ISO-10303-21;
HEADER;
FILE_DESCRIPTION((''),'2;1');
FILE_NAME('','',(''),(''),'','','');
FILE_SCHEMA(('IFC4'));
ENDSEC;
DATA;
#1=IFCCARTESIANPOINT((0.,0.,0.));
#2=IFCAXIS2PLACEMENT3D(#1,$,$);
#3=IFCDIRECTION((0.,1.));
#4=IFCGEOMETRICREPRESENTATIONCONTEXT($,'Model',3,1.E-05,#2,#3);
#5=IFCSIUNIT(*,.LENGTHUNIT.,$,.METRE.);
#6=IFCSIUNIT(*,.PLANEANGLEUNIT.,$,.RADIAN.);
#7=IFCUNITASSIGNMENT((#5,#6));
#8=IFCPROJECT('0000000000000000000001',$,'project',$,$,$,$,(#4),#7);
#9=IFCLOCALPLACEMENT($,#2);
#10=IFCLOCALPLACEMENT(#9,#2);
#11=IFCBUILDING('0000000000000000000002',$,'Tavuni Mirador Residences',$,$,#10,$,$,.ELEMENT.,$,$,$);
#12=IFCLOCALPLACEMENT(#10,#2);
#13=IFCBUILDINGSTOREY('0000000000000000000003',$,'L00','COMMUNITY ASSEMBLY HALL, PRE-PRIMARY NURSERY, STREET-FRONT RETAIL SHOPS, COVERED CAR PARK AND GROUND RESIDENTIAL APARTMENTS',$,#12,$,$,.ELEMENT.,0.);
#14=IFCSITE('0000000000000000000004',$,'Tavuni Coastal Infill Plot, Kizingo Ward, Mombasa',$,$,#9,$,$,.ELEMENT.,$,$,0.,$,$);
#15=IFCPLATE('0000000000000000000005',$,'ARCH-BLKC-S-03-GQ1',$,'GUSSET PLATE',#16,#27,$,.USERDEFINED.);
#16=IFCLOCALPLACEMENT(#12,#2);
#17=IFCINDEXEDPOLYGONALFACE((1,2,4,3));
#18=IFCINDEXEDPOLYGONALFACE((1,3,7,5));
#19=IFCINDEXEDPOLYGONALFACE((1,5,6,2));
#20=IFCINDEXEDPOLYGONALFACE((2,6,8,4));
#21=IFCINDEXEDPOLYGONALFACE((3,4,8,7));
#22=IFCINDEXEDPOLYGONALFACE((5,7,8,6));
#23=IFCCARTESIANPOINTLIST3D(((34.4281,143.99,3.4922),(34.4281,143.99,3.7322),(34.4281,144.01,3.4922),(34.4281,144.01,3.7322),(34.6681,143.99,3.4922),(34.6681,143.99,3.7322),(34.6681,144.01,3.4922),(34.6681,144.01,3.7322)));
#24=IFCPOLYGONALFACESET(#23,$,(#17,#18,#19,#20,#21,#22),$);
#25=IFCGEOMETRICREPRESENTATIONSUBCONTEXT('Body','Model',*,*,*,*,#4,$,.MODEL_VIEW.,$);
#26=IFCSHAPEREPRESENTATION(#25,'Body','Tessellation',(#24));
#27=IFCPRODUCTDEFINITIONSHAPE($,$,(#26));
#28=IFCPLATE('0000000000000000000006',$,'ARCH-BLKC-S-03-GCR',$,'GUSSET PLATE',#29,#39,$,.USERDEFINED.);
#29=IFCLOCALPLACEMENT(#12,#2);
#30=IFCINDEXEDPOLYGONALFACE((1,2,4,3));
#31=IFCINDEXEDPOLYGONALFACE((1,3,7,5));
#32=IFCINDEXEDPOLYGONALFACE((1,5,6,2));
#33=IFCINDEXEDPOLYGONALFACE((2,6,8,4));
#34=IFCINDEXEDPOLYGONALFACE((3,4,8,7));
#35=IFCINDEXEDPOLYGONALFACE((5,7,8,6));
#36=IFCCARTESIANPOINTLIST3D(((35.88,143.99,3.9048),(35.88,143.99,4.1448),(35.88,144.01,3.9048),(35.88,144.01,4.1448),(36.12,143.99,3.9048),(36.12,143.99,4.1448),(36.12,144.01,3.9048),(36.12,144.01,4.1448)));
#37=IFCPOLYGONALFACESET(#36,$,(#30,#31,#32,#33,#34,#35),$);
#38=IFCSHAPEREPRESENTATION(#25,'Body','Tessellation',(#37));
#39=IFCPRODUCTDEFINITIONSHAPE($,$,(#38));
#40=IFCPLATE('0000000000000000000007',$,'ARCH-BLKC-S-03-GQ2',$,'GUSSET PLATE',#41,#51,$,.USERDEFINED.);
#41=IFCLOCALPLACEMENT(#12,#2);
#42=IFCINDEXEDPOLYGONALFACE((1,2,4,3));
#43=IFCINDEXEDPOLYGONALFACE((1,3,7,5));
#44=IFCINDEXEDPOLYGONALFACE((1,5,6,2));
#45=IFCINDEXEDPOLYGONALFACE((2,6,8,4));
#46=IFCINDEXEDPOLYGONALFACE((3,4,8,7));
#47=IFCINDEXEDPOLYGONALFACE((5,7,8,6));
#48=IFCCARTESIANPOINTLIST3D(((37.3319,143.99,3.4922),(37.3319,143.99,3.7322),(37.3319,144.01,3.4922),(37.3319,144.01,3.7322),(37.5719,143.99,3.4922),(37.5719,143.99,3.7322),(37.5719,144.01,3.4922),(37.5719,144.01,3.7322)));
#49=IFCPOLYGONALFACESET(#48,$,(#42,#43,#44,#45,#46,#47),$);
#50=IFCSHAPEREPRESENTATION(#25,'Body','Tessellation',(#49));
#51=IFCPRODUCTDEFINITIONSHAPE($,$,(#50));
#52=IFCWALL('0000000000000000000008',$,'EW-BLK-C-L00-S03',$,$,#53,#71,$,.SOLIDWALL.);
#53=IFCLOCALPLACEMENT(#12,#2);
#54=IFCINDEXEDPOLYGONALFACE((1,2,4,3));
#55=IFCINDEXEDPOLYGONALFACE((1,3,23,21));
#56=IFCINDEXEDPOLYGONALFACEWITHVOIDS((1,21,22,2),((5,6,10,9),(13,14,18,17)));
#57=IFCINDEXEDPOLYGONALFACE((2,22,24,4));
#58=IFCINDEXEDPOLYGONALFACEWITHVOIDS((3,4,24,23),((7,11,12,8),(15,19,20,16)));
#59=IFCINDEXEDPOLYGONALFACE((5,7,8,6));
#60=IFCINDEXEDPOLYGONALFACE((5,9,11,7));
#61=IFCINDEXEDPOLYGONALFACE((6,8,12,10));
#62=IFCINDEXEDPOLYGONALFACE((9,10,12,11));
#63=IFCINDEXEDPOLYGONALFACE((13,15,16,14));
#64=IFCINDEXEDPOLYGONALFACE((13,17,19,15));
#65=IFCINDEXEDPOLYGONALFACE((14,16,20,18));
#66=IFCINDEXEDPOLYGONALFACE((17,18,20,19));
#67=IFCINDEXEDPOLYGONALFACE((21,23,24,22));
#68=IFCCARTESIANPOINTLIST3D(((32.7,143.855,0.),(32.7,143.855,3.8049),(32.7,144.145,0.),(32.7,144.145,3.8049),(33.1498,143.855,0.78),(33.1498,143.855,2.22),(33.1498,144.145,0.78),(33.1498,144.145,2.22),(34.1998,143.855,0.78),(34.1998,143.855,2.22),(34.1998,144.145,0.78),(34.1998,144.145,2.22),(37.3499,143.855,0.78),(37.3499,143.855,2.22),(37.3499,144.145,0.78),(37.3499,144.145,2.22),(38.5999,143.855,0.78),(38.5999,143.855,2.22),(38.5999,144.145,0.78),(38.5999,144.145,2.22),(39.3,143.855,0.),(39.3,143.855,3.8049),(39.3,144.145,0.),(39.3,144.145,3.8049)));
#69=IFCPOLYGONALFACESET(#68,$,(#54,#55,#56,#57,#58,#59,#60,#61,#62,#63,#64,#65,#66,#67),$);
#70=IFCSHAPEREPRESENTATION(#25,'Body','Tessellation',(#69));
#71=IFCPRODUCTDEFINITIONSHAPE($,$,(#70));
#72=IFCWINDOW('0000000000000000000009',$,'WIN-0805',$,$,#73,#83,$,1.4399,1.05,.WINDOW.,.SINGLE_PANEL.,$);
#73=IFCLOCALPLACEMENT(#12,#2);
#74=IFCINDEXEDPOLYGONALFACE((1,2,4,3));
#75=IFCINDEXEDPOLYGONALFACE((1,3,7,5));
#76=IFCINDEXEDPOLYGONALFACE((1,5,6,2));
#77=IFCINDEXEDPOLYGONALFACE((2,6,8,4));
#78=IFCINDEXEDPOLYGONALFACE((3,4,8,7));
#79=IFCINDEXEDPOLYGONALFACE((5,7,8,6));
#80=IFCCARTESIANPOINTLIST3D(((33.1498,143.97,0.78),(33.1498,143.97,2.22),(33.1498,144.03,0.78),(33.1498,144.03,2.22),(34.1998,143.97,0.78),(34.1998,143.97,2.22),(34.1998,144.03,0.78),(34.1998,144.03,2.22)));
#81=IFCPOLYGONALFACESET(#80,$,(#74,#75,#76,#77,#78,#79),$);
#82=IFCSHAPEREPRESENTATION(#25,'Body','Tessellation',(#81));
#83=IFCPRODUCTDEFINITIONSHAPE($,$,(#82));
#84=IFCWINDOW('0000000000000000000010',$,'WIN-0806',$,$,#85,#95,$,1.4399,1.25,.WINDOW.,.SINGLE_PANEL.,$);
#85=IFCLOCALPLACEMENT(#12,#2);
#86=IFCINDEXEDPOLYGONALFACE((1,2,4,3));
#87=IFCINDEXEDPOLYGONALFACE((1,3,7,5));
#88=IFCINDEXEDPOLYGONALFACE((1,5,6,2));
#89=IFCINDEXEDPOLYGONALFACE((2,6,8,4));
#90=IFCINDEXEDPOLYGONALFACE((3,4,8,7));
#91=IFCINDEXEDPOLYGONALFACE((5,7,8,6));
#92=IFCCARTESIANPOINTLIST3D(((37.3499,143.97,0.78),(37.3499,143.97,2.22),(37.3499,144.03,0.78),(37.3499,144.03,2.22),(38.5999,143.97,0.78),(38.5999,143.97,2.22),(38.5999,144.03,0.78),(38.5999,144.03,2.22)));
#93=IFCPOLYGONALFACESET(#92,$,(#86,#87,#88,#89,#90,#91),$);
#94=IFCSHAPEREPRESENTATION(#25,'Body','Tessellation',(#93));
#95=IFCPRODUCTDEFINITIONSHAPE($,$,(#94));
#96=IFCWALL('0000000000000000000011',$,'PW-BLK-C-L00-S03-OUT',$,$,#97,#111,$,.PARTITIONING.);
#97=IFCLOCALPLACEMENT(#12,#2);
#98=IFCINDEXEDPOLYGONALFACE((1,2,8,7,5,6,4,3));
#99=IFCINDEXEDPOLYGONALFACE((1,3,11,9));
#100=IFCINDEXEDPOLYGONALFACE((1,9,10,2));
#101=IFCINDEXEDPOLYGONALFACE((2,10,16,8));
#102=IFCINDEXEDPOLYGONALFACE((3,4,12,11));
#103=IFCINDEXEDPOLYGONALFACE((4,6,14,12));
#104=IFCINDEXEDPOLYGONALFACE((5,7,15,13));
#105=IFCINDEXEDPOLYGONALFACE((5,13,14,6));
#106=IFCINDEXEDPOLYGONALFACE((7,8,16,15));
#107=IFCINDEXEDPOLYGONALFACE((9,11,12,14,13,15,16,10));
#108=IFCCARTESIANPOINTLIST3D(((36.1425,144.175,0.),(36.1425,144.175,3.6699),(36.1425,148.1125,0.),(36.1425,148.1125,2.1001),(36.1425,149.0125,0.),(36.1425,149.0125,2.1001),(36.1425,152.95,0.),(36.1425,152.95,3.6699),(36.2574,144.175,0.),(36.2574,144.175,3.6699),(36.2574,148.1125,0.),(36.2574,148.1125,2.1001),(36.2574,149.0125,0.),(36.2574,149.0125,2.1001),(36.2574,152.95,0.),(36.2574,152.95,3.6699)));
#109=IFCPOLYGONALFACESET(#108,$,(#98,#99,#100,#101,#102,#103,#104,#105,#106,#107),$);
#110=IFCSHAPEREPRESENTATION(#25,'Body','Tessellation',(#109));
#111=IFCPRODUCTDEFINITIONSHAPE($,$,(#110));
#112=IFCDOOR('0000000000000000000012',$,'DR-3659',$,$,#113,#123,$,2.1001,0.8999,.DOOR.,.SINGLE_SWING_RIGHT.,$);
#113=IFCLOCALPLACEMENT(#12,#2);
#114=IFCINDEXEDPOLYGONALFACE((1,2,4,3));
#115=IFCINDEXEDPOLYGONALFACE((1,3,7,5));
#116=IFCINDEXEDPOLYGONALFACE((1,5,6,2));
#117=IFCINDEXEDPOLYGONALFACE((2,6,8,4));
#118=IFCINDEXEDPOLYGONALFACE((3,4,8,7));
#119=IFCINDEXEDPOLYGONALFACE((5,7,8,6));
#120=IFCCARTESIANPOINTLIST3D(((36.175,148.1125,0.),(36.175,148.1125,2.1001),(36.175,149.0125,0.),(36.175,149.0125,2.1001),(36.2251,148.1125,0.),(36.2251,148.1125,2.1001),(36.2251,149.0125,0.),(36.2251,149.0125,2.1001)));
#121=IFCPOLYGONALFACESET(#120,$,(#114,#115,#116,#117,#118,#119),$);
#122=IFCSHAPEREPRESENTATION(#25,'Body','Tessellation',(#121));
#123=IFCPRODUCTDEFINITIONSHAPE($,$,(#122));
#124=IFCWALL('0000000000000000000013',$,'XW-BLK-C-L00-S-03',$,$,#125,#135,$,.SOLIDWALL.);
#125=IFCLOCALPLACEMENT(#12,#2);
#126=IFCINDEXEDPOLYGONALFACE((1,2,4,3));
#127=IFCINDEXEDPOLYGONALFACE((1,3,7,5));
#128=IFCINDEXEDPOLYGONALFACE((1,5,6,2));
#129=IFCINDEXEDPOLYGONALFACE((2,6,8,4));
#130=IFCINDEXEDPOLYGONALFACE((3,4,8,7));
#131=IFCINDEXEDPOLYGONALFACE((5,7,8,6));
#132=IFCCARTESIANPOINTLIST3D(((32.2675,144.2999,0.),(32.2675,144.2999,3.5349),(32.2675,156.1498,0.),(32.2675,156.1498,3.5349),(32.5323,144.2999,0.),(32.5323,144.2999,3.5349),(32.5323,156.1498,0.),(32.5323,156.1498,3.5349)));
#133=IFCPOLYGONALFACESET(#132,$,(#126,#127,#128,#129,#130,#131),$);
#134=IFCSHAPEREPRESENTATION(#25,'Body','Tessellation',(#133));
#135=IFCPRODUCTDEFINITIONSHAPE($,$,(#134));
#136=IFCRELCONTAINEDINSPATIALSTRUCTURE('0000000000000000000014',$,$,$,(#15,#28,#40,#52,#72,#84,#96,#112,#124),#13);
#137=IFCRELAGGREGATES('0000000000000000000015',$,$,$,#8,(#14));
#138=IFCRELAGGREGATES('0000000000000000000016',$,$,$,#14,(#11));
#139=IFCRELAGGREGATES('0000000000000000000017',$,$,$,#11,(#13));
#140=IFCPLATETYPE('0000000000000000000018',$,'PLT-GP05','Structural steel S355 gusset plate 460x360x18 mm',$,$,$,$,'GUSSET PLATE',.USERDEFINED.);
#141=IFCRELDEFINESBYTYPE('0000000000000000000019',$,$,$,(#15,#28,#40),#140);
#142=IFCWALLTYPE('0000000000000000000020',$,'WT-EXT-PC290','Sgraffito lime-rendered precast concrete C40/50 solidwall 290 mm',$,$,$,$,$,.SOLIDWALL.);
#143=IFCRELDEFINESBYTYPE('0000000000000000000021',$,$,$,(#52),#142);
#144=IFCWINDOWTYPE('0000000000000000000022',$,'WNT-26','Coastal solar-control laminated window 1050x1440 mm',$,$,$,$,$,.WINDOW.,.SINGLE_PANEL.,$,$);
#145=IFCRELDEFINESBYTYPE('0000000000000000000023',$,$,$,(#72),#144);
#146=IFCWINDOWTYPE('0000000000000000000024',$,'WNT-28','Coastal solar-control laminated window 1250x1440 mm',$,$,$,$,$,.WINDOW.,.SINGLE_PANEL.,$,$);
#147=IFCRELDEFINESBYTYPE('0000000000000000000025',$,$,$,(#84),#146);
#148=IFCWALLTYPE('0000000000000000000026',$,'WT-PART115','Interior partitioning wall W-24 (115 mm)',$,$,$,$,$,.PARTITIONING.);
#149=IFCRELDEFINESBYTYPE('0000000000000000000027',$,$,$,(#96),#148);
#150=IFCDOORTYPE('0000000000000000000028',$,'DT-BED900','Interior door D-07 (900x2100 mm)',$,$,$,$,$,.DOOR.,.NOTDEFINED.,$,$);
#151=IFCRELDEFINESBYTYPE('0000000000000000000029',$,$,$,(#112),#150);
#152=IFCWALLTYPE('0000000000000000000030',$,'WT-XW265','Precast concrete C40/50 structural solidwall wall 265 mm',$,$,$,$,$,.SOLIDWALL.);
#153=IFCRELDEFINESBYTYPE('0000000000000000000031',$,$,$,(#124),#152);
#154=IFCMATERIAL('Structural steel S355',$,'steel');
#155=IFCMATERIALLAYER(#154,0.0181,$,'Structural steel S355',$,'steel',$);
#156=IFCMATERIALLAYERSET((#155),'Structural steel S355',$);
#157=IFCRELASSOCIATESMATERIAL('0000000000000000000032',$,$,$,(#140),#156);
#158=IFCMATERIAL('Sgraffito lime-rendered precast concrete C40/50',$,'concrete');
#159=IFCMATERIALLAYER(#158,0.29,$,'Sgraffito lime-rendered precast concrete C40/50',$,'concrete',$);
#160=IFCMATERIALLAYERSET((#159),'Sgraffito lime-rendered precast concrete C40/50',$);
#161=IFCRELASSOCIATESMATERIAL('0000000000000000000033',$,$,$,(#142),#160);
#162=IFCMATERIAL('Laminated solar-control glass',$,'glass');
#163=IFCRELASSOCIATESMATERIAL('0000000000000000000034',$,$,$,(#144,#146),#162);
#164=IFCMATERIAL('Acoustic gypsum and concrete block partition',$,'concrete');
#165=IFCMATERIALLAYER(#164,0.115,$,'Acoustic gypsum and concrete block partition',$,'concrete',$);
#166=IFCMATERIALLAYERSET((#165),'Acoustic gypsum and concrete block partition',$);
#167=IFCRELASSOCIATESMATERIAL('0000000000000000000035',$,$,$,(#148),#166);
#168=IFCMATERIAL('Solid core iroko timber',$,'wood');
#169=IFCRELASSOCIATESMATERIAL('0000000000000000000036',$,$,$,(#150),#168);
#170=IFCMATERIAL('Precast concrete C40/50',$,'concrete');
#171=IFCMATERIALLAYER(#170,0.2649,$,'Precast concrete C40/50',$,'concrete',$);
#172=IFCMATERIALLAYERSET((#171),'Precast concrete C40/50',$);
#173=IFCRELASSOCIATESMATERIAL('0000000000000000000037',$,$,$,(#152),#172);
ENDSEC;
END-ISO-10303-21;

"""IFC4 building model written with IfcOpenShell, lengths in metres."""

from ifc_helpers import new_model, si_unit, direction, frame, frame_2d, origin, origin_2d, place, context, subcontext, project, spatial, rectangle, extrude, material, layer, layer_set, type_object, element, fill, save


model = new_model("IFC4")

# Units and contexts
model_context = context("Model", 3, precision=1e-05, world=origin(), true_north=direction((0.0, 1.0)))
body_context = subcontext(model_context, "Body", "Model", "MODEL_VIEW")
ifc_project = project(units=[si_unit("LENGTHUNIT", "METRE"), si_unit("PLANEANGLEUNIT", "RADIAN")], contexts=[model_context])

# Site, building, storey
site_placement = place(None, origin())
site = spatial("IfcSite", under=ifc_project, at=site_placement, Name="Tavuni Coastal Infill Plot, Kizingo Ward, Mombasa", CompositionType="ELEMENT", RefElevation=0.0)
building_placement = place(site_placement, origin())
building = spatial("IfcBuilding", under=site, at=building_placement, Name="Tavuni Mirador Residences", CompositionType="ELEMENT")
storey_placement = place(building_placement, origin())
storey = spatial("IfcBuildingStorey", under=building, at=storey_placement, Name="L00", Description="COMMUNITY ASSEMBLY HALL, PRE-PRIMARY NURSERY, STREET-FRONT RETAIL SHOPS, COVERED CAR PARK AND GROUND RESIDENTIAL APARTMENTS", CompositionType="ELEMENT", Elevation=0.0)

# Shared definitions
ifc_material_1 = material(Name="Precast concrete C40/50", Category="concrete")

# Shared definitions
ifc_material_2 = material(Name="Structural steel S355", Category="steel")

# Plates
ifc_layer_1 = layer(ifc_material_2, 0.0181, Name="Structural steel S355", Category="steel")
ifc_layer_set_1 = layer_set([ifc_layer_1], Name="Structural steel S355")
plate_type = type_object("IfcPlateType", Name="PLT-GP05", Description="Structural steel S355 gusset plate 460x360x18 mm", ElementType="GUSSET PLATE", PredefinedType="USERDEFINED", material=ifc_layer_set_1)
for number, where, z_axis, x_axis, name in (
    (1, (34.5481, 144.0, 3.4922), (0.0, 0.0, 1.0), (1.0, 0.0, 0.0), "ARCH-BLKC-S-03-GQ1"),
    (2, (36.0, 144.0, 3.9048), (0.0, 0.0, 1.0), (1.0, 0.0, 0.0), "ARCH-BLKC-S-03-GCR"),
    (3, (37.4519, 144.0, 3.4922), (0.0, 0.0, 1.0), (1.0, 0.0, 0.0), "ARCH-BLKC-S-03-GQ2"),
):
    element("IfcPlate", number, at=place(storey_placement, frame(where, z_axis=z_axis, x_axis=x_axis)), inside=storey, type_object=plate_type, Name=name, ObjectType="GUSSET PLATE", PredefinedType="USERDEFINED", context=body_context, shape_type="SweptSolid", body=[
        extrude(rectangle(XDim=0.24, YDim=0.02, at=origin_2d()), origin(), (0.0, 0.0, 1.0), 0.24),
    ])

# Wall, openings, windows
ifc_material_3 = material(Name="Sgraffito lime-rendered precast concrete C40/50", Category="concrete")
ifc_layer_2 = layer(ifc_material_3, 0.29, Name="Sgraffito lime-rendered precast concrete C40/50", Category="concrete")
ifc_layer_set_2 = layer_set([ifc_layer_2], Name="Sgraffito lime-rendered precast concrete C40/50")
wall_type_1 = type_object("IfcWallType", Name="WT-EXT-PC290", Description="Sgraffito lime-rendered precast concrete C40/50 solidwall 290 mm", PredefinedType="SOLIDWALL", material=ifc_layer_set_2)
wall_1_placement = place(storey_placement, frame((32.7, 144.0, 0.0), z_axis=(0.0, 0.0, 1.0), x_axis=(1.0, 0.0, 0.0)))
wall_1 = element("IfcWall", 4, at=wall_1_placement, inside=storey, type_object=wall_type_1, Name="EW-BLK-C-L00-S03", PredefinedType="SOLIDWALL", context=body_context, shape_type="SweptSolid", body=[
    extrude(rectangle(XDim=6.6001, YDim=0.29, at=frame_2d((3.3, 0.0))), origin(), (0.0, 0.0, 1.0), 3.8049),
])
opening_1_placement = place(wall_1_placement, frame((0.45, 0.0, 0.78)))
opening_1 = element("IfcOpeningElement", 5, at=opening_1_placement, cuts=wall_1, PredefinedType="OPENING", context=body_context, shape_type="SweptSolid", body=[
    extrude(rectangle(XDim=1.05, YDim=1.4399, at=frame_2d((0.5249, 0.72))), frame((0.0, 0.155, 0.0), z_axis=(0.0, -1.0, 0.0), x_axis=(1.0, 0.0, 0.0)), (0.0, 0.0, 1.0), 0.3101),
])
opening_2_placement = place(wall_1_placement, frame((4.6499, 0.0, 0.78)))
opening_2 = element("IfcOpeningElement", 6, at=opening_2_placement, cuts=wall_1, PredefinedType="OPENING", context=body_context, shape_type="SweptSolid", body=[
    extrude(rectangle(XDim=1.25, YDim=1.4399, at=frame_2d((0.625, 0.72))), frame((0.0, 0.155, 0.0), z_axis=(0.0, -1.0, 0.0), x_axis=(1.0, 0.0, 0.0)), (0.0, 0.0, 1.0), 0.3101),
])
ifc_material_4 = material(Name="Laminated solar-control glass", Category="glass")
window_type_1 = type_object("IfcWindowType", Name="WNT-26", Description="Coastal solar-control laminated window 1050x1440 mm", PartitioningType="SINGLE_PANEL", PredefinedType="WINDOW", material=ifc_material_4)
window_1_placement = place(opening_1_placement, origin())
window_1 = element("IfcWindow", 7, at=window_1_placement, inside=storey, type_object=window_type_1, Name="WIN-0805", OverallHeight=1.4399, OverallWidth=1.05, PartitioningType="SINGLE_PANEL", PredefinedType="WINDOW", context=body_context, shape_type="SweptSolid", body=[
    extrude(rectangle(XDim=1.05, YDim=1.4399, at=frame_2d((0.5249, 0.72))), frame((0.0, 0.03, 0.0), z_axis=(0.0, -1.0, 0.0), x_axis=(1.0, 0.0, 0.0)), (0.0, 0.0, 1.0), 0.0601),
])
fill(opening_1, window_1)
window_type_2 = type_object("IfcWindowType", Name="WNT-28", Description="Coastal solar-control laminated window 1250x1440 mm", PartitioningType="SINGLE_PANEL", PredefinedType="WINDOW", material=ifc_material_4)
window_2_placement = place(opening_2_placement, origin())
window_2 = element("IfcWindow", 8, at=window_2_placement, inside=storey, type_object=window_type_2, Name="WIN-0806", OverallHeight=1.4399, OverallWidth=1.25, PartitioningType="SINGLE_PANEL", PredefinedType="WINDOW", context=body_context, shape_type="SweptSolid", body=[
    extrude(rectangle(XDim=1.25, YDim=1.4399, at=frame_2d((0.625, 0.72))), frame((0.0, 0.03, 0.0), z_axis=(0.0, -1.0, 0.0), x_axis=(1.0, 0.0, 0.0)), (0.0, 0.0, 1.0), 0.0601),
])
fill(opening_2, window_2)

# Wall, opening, door
ifc_material_5 = material(Name="Acoustic gypsum and concrete block partition", Category="concrete")
ifc_layer_3 = layer(ifc_material_5, 0.115, Name="Acoustic gypsum and concrete block partition", Category="concrete")
ifc_layer_set_3 = layer_set([ifc_layer_3], Name="Acoustic gypsum and concrete block partition")
wall_type_2 = type_object("IfcWallType", Name="WT-PART115", Description="Interior partitioning wall W-24 (115 mm)", PredefinedType="PARTITIONING", material=ifc_layer_set_3)
wall_2_placement = place(storey_placement, frame((36.2, 144.175, 0.0), z_axis=(0.0, 0.0, 1.0), x_axis=(0.0, 1.0, 0.0)))
wall_2 = element("IfcWall", 9, at=wall_2_placement, inside=storey, type_object=wall_type_2, Name="PW-BLK-C-L00-S03-OUT", PredefinedType="PARTITIONING", context=body_context, shape_type="SweptSolid", body=[
    extrude(rectangle(XDim=8.7749, YDim=0.115, at=frame_2d((4.3875, 0.0))), origin(), (0.0, 0.0, 1.0), 3.6699),
])
opening_3_placement = place(wall_2_placement, frame((3.9375, 0.0, 0.0)))
opening_3 = element("IfcOpeningElement", 10, at=opening_3_placement, cuts=wall_2, PredefinedType="OPENING", context=body_context, shape_type="SweptSolid", body=[
    extrude(rectangle(XDim=0.8999, YDim=2.1001, at=frame_2d((0.45, 1.05))), frame((0.0, 0.0674, 0.0), z_axis=(0.0, -1.0, 0.0), x_axis=(1.0, 0.0, 0.0)), (0.0, 0.0, 1.0), 0.135),
])
ifc_material_6 = material(Name="Solid core iroko timber", Category="wood")
door_type = type_object("IfcDoorType", Name="DT-BED900", Description="Interior door D-07 (900x2100 mm)", OperationType="NOTDEFINED", PredefinedType="DOOR", material=ifc_material_6)
door_placement = place(opening_3_placement, origin())
door = element("IfcDoor", 11, at=door_placement, inside=storey, type_object=door_type, Name="DR-3659", OperationType="SINGLE_SWING_RIGHT", OverallHeight=2.1001, OverallWidth=0.8999, PredefinedType="DOOR", context=body_context, shape_type="SweptSolid", body=[
    extrude(rectangle(XDim=0.8999, YDim=2.1001, at=frame_2d((0.45, 1.05))), frame((0.0, 0.0249, 0.0), z_axis=(0.0, -1.0, 0.0), x_axis=(1.0, 0.0, 0.0)), (0.0, 0.0, 1.0), 0.05),
])
fill(opening_3, door)

# Wall
ifc_layer_4 = layer(ifc_material_1, 0.2649, Name="Precast concrete C40/50", Category="concrete")
ifc_layer_set_4 = layer_set([ifc_layer_4], Name="Precast concrete C40/50")
wall_type_3 = type_object("IfcWallType", Name="WT-XW265", Description="Precast concrete C40/50 structural solidwall wall 265 mm", PredefinedType="SOLIDWALL", material=ifc_layer_set_4)
wall_3_placement = place(storey_placement, frame((32.3999, 144.3, 0.0), z_axis=(0.0, 0.0, 1.0), x_axis=(0.0, 1.0, 0.0)))
element("IfcWall", 12, at=wall_3_placement, inside=storey, type_object=wall_type_3, Name="XW-BLK-C-L00-S-03", PredefinedType="SOLIDWALL", context=body_context, shape_type="SweptSolid", body=[
    extrude(rectangle(XDim=11.8499, YDim=0.2649, at=frame_2d((5.9248, 0.0))), origin(), (0.0, 0.0, 1.0), 3.5349),
])

save(model, "model.ifc")
